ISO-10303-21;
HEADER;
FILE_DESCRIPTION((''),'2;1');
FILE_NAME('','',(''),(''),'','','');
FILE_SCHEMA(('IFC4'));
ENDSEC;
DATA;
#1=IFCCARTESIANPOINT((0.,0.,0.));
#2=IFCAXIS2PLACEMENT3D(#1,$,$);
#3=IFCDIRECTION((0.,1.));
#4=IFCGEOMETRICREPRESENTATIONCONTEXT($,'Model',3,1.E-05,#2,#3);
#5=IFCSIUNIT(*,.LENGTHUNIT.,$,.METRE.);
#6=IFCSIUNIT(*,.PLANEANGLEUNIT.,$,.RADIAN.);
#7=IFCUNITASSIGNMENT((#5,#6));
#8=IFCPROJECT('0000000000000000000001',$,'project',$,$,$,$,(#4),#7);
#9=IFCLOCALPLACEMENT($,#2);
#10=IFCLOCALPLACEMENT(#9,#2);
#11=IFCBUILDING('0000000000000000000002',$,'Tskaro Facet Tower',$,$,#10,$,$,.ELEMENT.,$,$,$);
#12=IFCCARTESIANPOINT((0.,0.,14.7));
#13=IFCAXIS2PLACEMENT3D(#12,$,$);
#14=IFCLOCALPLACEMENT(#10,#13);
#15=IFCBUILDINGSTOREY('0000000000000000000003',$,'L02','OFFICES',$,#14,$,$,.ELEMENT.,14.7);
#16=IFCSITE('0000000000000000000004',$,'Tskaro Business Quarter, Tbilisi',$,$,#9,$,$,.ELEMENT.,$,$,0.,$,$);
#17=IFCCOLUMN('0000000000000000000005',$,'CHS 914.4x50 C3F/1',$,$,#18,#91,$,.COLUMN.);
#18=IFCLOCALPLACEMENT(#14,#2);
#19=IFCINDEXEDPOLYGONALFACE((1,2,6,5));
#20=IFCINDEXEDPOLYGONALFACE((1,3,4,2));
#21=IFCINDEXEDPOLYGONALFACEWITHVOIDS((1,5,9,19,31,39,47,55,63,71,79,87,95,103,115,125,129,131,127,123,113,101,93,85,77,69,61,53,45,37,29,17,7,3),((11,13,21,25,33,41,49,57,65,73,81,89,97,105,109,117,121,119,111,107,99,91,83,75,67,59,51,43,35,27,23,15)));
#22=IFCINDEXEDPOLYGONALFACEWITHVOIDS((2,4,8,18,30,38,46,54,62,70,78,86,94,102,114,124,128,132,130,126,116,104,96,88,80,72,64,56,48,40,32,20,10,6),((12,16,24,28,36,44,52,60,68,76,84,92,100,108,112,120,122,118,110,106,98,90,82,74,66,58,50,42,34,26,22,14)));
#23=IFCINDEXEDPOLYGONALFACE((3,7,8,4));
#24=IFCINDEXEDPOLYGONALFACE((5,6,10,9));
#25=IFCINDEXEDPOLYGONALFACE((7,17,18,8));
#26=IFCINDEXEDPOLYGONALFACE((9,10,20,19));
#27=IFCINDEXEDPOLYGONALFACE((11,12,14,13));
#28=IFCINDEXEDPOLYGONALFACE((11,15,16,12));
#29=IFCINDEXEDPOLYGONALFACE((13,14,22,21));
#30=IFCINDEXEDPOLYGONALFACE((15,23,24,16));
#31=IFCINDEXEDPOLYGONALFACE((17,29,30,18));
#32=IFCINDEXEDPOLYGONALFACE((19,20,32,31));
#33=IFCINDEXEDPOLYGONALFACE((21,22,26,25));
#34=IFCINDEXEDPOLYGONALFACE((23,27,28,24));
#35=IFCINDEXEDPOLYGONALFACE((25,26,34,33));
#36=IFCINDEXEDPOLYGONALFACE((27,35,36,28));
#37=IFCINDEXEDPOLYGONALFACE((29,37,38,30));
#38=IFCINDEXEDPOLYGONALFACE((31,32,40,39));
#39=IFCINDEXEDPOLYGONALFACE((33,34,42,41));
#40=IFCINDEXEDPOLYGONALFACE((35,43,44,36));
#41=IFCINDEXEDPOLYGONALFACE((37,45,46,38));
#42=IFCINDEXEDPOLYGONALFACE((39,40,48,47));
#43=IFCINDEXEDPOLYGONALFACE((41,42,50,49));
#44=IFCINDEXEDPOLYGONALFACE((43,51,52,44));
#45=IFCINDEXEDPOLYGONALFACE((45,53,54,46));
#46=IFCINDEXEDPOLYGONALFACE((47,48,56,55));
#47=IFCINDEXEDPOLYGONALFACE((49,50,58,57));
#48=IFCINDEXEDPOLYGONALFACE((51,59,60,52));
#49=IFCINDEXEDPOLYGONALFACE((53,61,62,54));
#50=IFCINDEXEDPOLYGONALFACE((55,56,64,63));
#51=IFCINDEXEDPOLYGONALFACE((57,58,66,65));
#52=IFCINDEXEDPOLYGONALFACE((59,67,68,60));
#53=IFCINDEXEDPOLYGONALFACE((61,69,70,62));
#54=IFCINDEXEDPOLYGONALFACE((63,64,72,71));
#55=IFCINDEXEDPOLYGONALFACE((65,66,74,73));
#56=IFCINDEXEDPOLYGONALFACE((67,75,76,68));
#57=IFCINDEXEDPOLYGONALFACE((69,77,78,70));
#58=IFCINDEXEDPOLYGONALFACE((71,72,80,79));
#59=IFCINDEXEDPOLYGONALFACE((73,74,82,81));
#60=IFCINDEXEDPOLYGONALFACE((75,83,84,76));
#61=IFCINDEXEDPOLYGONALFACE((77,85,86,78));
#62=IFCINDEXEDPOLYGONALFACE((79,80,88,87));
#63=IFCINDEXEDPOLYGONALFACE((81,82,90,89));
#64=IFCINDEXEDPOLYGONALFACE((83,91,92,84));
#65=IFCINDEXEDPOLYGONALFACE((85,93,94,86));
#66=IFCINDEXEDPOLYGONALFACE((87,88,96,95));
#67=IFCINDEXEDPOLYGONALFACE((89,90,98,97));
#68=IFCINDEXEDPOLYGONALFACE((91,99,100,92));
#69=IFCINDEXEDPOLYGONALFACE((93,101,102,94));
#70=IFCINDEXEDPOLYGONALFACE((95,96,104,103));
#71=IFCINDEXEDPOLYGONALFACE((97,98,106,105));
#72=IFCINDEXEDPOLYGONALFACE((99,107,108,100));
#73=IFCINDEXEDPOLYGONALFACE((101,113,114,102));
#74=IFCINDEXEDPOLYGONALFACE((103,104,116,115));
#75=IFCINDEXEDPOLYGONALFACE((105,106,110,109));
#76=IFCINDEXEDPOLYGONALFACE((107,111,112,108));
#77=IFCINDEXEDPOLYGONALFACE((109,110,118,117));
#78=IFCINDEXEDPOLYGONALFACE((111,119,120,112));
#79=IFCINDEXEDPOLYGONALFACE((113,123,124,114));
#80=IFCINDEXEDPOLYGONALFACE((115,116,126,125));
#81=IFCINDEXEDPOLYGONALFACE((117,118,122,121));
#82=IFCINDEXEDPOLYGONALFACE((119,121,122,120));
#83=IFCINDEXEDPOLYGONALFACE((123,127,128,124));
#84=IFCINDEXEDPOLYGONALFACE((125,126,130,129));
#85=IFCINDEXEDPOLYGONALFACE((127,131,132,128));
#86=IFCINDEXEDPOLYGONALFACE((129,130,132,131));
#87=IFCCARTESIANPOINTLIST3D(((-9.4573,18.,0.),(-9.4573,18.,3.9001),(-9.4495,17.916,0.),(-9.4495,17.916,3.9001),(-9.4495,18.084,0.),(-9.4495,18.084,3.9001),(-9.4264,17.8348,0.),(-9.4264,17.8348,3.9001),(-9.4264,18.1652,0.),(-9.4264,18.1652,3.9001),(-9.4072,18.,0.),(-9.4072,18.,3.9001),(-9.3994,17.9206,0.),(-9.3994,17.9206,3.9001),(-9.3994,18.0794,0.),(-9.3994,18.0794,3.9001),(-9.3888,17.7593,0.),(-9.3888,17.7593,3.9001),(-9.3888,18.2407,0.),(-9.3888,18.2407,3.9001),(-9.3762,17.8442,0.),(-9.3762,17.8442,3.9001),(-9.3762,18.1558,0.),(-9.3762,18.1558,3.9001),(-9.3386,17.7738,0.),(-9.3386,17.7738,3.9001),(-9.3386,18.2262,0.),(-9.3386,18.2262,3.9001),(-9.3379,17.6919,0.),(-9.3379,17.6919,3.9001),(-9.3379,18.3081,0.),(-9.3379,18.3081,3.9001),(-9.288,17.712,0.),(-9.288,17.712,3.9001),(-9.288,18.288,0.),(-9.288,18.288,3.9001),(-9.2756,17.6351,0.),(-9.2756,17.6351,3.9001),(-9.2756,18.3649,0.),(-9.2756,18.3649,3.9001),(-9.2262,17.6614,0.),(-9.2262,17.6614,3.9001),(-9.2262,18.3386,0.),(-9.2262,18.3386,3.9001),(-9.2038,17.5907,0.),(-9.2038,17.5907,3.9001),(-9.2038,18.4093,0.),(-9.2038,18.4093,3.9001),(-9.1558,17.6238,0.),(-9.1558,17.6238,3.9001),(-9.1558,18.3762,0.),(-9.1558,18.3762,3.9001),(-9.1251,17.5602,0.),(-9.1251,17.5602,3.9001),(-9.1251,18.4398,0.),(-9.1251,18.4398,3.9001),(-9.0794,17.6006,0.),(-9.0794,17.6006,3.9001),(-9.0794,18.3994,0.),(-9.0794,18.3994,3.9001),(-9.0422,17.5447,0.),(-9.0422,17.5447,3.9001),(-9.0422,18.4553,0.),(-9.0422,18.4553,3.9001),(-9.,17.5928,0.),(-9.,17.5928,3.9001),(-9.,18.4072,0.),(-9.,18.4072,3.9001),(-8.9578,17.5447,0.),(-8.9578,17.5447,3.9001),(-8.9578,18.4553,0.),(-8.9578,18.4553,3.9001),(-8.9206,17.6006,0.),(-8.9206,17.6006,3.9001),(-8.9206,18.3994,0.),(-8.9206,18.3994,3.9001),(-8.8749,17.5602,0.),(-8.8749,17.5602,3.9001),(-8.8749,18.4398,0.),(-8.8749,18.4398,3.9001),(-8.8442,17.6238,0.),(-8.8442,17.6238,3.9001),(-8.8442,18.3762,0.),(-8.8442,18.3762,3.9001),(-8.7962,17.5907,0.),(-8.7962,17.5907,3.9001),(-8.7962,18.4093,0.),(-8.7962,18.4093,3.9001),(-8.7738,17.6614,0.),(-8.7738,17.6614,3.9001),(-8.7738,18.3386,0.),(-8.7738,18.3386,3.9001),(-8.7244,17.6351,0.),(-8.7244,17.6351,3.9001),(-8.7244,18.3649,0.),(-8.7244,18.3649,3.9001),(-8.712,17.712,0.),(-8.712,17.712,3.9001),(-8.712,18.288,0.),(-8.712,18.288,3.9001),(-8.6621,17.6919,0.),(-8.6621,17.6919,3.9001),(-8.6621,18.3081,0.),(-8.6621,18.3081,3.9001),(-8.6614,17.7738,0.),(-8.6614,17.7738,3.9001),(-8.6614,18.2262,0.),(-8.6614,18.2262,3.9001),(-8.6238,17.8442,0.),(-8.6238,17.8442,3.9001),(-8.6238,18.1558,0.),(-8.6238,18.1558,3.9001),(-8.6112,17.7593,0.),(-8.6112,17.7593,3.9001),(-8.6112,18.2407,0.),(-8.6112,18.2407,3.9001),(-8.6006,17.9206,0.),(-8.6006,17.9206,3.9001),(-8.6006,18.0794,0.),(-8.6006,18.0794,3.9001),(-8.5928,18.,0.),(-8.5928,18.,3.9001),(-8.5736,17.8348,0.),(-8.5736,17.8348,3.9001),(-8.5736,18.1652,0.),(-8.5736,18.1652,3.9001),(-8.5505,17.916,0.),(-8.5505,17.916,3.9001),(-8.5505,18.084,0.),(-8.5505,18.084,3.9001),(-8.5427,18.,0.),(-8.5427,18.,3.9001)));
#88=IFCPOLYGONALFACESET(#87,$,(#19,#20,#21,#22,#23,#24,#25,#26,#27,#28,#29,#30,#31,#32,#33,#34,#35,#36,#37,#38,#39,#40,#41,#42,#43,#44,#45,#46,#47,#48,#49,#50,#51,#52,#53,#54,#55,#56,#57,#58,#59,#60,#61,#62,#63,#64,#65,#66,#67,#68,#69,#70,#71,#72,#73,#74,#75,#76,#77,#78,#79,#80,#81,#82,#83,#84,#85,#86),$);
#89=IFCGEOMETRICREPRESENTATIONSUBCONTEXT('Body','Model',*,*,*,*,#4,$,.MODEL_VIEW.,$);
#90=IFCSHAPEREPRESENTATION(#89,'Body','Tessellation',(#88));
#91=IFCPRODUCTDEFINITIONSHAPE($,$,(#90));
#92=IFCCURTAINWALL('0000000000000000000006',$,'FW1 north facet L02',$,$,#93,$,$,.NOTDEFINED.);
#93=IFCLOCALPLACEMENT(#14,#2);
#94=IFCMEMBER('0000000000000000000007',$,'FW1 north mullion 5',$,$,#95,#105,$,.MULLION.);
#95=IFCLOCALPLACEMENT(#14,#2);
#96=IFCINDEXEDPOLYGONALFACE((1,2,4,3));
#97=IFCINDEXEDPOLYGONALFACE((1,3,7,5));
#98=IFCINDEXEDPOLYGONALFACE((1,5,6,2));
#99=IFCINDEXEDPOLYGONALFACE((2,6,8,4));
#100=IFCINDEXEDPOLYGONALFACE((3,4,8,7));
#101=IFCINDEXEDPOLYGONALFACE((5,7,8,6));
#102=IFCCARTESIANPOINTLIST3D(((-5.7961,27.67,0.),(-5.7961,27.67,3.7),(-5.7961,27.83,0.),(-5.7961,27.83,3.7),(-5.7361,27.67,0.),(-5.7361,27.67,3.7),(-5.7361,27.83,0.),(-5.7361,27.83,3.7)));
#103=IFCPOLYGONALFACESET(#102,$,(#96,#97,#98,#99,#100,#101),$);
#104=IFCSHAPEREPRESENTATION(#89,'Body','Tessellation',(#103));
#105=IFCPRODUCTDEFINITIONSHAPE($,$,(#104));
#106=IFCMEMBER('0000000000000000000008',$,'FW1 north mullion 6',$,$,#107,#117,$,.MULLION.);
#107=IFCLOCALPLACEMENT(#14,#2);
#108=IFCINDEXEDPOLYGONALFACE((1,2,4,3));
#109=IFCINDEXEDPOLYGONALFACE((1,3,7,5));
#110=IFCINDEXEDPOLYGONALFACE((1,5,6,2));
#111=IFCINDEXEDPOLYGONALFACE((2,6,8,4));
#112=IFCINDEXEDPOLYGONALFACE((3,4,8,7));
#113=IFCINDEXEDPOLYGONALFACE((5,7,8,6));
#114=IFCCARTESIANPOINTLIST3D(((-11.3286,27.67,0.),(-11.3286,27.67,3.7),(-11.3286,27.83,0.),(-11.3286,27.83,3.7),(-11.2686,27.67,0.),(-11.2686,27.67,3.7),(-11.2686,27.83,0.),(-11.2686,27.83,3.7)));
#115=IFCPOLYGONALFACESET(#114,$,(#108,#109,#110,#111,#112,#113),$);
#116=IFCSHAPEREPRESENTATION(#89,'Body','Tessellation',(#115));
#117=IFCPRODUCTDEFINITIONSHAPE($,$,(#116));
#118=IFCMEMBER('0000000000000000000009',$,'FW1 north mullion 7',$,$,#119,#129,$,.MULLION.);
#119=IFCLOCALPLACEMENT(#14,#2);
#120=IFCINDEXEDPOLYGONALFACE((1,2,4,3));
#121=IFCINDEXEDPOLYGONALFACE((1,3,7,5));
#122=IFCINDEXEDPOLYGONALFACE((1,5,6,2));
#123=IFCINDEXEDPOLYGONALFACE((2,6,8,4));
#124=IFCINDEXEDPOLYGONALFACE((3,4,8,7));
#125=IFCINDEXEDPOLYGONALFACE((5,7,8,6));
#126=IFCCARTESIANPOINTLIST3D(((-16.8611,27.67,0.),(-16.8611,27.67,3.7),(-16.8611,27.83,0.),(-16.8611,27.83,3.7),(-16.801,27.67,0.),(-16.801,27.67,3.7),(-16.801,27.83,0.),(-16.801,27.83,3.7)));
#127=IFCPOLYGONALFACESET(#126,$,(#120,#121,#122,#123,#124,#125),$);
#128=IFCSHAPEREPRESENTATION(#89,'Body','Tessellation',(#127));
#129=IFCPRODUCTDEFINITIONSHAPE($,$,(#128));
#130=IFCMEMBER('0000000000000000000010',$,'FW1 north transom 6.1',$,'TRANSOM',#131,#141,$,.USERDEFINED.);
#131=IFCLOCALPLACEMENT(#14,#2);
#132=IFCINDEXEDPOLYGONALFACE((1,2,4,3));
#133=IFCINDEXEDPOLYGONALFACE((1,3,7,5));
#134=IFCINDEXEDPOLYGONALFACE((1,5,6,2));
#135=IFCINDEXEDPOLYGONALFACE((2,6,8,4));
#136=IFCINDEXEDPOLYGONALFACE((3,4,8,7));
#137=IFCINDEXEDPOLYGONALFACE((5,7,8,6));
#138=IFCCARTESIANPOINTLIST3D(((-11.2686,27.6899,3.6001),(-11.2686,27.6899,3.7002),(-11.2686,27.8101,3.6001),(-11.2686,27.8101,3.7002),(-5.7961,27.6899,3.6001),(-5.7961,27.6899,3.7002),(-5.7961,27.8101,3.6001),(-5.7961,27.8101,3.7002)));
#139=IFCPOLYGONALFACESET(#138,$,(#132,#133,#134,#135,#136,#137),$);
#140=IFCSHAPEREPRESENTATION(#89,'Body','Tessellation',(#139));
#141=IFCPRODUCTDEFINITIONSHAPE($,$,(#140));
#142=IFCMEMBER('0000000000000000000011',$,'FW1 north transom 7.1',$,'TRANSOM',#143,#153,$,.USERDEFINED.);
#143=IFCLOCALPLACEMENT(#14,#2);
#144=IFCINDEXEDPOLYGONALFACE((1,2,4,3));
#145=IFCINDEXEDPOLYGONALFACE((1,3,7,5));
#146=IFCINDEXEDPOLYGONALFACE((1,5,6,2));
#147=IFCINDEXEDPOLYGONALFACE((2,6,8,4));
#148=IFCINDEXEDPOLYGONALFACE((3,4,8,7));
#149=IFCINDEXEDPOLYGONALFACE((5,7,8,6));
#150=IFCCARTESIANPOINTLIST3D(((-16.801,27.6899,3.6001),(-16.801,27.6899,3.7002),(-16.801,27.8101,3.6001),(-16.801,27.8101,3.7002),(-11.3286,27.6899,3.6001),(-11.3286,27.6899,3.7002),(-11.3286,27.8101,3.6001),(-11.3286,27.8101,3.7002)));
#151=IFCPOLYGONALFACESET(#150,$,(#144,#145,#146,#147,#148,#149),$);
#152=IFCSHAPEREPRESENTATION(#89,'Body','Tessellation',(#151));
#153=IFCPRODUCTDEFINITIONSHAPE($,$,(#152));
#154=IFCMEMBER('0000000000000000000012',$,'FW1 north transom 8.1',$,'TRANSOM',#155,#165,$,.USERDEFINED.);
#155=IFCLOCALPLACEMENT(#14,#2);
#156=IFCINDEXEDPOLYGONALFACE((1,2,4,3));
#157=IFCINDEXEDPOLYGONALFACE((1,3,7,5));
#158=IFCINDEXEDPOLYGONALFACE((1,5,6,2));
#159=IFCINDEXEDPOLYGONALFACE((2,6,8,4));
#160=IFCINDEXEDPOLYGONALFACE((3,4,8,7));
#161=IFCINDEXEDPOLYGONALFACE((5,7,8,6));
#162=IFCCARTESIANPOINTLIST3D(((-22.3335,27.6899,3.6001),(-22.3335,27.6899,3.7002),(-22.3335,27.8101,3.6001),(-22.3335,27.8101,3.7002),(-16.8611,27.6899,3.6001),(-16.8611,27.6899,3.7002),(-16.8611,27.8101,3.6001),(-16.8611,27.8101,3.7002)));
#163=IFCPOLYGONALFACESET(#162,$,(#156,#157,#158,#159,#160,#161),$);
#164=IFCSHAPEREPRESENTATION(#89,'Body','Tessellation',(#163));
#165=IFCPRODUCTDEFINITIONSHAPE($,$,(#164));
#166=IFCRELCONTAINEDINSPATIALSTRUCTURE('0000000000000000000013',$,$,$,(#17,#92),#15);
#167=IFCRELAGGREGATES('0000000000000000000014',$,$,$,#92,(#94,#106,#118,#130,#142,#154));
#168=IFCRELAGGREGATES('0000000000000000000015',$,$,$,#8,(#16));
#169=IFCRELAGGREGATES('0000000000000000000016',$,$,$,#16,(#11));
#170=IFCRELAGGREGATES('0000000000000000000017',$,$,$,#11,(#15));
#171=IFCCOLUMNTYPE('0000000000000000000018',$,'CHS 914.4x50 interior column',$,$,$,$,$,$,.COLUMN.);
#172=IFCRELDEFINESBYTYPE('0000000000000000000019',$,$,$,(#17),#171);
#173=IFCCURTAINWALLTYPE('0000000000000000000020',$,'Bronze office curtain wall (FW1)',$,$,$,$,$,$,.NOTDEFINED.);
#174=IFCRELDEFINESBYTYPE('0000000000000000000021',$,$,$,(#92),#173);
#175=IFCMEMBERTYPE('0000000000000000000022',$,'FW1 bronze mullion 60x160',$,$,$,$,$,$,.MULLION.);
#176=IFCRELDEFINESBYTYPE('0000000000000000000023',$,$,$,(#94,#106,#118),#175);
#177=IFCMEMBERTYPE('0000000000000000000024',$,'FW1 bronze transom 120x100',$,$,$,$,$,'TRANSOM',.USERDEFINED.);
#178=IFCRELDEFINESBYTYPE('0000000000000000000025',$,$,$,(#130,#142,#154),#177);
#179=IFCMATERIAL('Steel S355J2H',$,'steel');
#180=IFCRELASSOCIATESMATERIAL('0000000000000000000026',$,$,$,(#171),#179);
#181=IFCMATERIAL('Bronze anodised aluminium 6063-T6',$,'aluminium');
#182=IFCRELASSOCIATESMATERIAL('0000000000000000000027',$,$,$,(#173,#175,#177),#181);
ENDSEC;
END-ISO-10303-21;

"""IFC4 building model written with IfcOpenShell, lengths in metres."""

from ifc_helpers import new_model, si_unit, direction, frame, origin, origin_2d, place, context, subcontext, project, spatial, rectangle, hollow_circle, extrude, material, material_profile, profile_set, type_object, element, aggregate, save


model = new_model("IFC4")

# Units and contexts
model_context = context("Model", 3, precision=1e-05, world=origin(), true_north=direction((0.0, 1.0)))
body_context = subcontext(model_context, "Body", "Model", "MODEL_VIEW")
ifc_project = project(units=[si_unit("LENGTHUNIT", "METRE"), si_unit("PLANEANGLEUNIT", "RADIAN")], contexts=[model_context])

# Site, building, storey
site_placement = place(None, origin())
site = spatial("IfcSite", under=ifc_project, at=site_placement, Name="Tskaro Business Quarter, Tbilisi", CompositionType="ELEMENT", RefElevation=0.0)
building_placement = place(site_placement, origin())
building = spatial("IfcBuilding", under=site, at=building_placement, Name="Tskaro Facet Tower", CompositionType="ELEMENT")
storey_placement = place(building_placement, frame((0.0, 0.0, 14.7)))
storey = spatial("IfcBuildingStorey", under=building, at=storey_placement, Name="L02", Description="OFFICES", CompositionType="ELEMENT", Elevation=14.7)

# Column
ifc_material_1 = material(Name="Steel S355J2H", Category="steel")
ifc_material_profile_1 = material_profile(ifc_material_1, hollow_circle(Radius=0.4573, WallThickness=0.05, at=origin_2d()), Name="CHS 914.4x50")
ifc_profile_set_1 = profile_set([ifc_material_profile_1], Name="Steel S355J2H")
column_type_1 = type_object("IfcColumnType", Name="CHS 914.4x50 interior column", PredefinedType="COLUMN", material=ifc_profile_set_1)
column_1_placement = place(storey_placement, frame((-9.0, 18.0, 0.0), z_axis=(0.0, 0.0, 1.0), x_axis=(1.0, 0.0, 0.0)))
element("IfcColumn", 1, at=column_1_placement, inside=storey, type_object=column_type_1, Name="CHS 914.4x50 C3F/1", PredefinedType="COLUMN", context=body_context, shape_type="SweptSolid", body=[
    extrude(hollow_circle(Radius=0.4573, WallThickness=0.05, at=origin_2d()), origin(), (0.0, 0.0, 1.0), 3.9001),
])

# Curtain wall, members
ifc_material_2 = material(Name="Bronze anodised aluminium 6063-T6", Category="aluminium")
curtain_wall_type = type_object("IfcCurtainWallType", Name="Bronze office curtain wall (FW1)", PredefinedType="NOTDEFINED", material=ifc_material_2)
curtain_wall_placement = place(storey_placement, origin())
curtain_wall = element("IfcCurtainWall", 2, at=curtain_wall_placement, inside=storey, type_object=curtain_wall_type, Name="FW1 north facet L02", PredefinedType="NOTDEFINED")
ifc_material_profile_2 = material_profile(ifc_material_2, rectangle(XDim=0.0601, YDim=0.1599, at=origin_2d()), Name="Mullion 60x160")
ifc_profile_set_2 = profile_set([ifc_material_profile_2], Name="Bronze anodised aluminium 6063-T6")
member_type_1 = type_object("IfcMemberType", Name="FW1 bronze mullion 60x160", PredefinedType="MULLION", material=ifc_profile_set_2)
member_1_placement = place(storey_placement, frame((-5.7661, 27.75, 0.0), z_axis=(0.0, 0.0, 1.0), x_axis=(-1.0, 0.0, 0.0)))
member_1 = element("IfcMember", 3, at=member_1_placement, type_object=member_type_1, Name="FW1 north mullion 5", PredefinedType="MULLION", context=body_context, shape_type="SweptSolid", body=[
    extrude(rectangle(XDim=0.0601, YDim=0.1599, at=origin_2d()), origin(), (0.0, 0.0, 1.0), 3.7),
])
member_2_placement = place(storey_placement, frame((-11.2986, 27.75, 0.0), z_axis=(0.0, 0.0, 1.0), x_axis=(-1.0, 0.0, 0.0)))
member_2 = element("IfcMember", 4, at=member_2_placement, type_object=member_type_1, Name="FW1 north mullion 6", PredefinedType="MULLION", context=body_context, shape_type="SweptSolid", body=[
    extrude(rectangle(XDim=0.0601, YDim=0.1599, at=origin_2d()), origin(), (0.0, 0.0, 1.0), 3.7),
])
member_3_placement = place(storey_placement, frame((-16.8311, 27.75, 0.0), z_axis=(0.0, 0.0, 1.0), x_axis=(-1.0, 0.0, 0.0)))
member_3 = element("IfcMember", 5, at=member_3_placement, type_object=member_type_1, Name="FW1 north mullion 7", PredefinedType="MULLION", context=body_context, shape_type="SweptSolid", body=[
    extrude(rectangle(XDim=0.0601, YDim=0.1599, at=origin_2d()), origin(), (0.0, 0.0, 1.0), 3.7),
])
ifc_material_profile_3 = material_profile(ifc_material_2, rectangle(XDim=0.1201, YDim=0.1001, at=origin_2d()), Name="Transom 120x100")
ifc_profile_set_3 = profile_set([ifc_material_profile_3], Name="Bronze anodised aluminium 6063-T6")
member_type_2 = type_object("IfcMemberType", Name="FW1 bronze transom 120x100", ElementType="TRANSOM", PredefinedType="USERDEFINED", material=ifc_profile_set_3)
member_4_placement = place(storey_placement, frame((-5.7961, 27.75, 3.6501), z_axis=(-1.0, 0.0, 0.0), x_axis=(0.0, -1.0, 0.0)))
member_4 = element("IfcMember", 6, at=member_4_placement, type_object=member_type_2, Name="FW1 north transom 6.1", ObjectType="TRANSOM", PredefinedType="USERDEFINED", context=body_context, shape_type="SweptSolid", body=[
    extrude(rectangle(XDim=0.1201, YDim=0.1001, at=origin_2d()), origin(), (0.0, 0.0, 1.0), 5.4724),
])
member_5_placement = place(storey_placement, frame((-11.3286, 27.75, 3.6501), z_axis=(-1.0, 0.0, 0.0), x_axis=(0.0, -1.0, 0.0)))
member_5 = element("IfcMember", 7, at=member_5_placement, type_object=member_type_2, Name="FW1 north transom 7.1", ObjectType="TRANSOM", PredefinedType="USERDEFINED", context=body_context, shape_type="SweptSolid", body=[
    extrude(rectangle(XDim=0.1201, YDim=0.1001, at=origin_2d()), origin(), (0.0, 0.0, 1.0), 5.4724),
])
member_6_placement = place(storey_placement, frame((-16.8611, 27.75, 3.6501), z_axis=(-1.0, 0.0, 0.0), x_axis=(0.0, -1.0, 0.0)))
member_6 = element("IfcMember", 8, at=member_6_placement, type_object=member_type_2, Name="FW1 north transom 8.1", ObjectType="TRANSOM", PredefinedType="USERDEFINED", context=body_context, shape_type="SweptSolid", body=[
    extrude(rectangle(XDim=0.1201, YDim=0.1001, at=origin_2d()), origin(), (0.0, 0.0, 1.0), 5.4724),
])

aggregate(curtain_wall, [member_1, member_2, member_3, member_4, member_5, member_6])

save(model, "model.ifc")
